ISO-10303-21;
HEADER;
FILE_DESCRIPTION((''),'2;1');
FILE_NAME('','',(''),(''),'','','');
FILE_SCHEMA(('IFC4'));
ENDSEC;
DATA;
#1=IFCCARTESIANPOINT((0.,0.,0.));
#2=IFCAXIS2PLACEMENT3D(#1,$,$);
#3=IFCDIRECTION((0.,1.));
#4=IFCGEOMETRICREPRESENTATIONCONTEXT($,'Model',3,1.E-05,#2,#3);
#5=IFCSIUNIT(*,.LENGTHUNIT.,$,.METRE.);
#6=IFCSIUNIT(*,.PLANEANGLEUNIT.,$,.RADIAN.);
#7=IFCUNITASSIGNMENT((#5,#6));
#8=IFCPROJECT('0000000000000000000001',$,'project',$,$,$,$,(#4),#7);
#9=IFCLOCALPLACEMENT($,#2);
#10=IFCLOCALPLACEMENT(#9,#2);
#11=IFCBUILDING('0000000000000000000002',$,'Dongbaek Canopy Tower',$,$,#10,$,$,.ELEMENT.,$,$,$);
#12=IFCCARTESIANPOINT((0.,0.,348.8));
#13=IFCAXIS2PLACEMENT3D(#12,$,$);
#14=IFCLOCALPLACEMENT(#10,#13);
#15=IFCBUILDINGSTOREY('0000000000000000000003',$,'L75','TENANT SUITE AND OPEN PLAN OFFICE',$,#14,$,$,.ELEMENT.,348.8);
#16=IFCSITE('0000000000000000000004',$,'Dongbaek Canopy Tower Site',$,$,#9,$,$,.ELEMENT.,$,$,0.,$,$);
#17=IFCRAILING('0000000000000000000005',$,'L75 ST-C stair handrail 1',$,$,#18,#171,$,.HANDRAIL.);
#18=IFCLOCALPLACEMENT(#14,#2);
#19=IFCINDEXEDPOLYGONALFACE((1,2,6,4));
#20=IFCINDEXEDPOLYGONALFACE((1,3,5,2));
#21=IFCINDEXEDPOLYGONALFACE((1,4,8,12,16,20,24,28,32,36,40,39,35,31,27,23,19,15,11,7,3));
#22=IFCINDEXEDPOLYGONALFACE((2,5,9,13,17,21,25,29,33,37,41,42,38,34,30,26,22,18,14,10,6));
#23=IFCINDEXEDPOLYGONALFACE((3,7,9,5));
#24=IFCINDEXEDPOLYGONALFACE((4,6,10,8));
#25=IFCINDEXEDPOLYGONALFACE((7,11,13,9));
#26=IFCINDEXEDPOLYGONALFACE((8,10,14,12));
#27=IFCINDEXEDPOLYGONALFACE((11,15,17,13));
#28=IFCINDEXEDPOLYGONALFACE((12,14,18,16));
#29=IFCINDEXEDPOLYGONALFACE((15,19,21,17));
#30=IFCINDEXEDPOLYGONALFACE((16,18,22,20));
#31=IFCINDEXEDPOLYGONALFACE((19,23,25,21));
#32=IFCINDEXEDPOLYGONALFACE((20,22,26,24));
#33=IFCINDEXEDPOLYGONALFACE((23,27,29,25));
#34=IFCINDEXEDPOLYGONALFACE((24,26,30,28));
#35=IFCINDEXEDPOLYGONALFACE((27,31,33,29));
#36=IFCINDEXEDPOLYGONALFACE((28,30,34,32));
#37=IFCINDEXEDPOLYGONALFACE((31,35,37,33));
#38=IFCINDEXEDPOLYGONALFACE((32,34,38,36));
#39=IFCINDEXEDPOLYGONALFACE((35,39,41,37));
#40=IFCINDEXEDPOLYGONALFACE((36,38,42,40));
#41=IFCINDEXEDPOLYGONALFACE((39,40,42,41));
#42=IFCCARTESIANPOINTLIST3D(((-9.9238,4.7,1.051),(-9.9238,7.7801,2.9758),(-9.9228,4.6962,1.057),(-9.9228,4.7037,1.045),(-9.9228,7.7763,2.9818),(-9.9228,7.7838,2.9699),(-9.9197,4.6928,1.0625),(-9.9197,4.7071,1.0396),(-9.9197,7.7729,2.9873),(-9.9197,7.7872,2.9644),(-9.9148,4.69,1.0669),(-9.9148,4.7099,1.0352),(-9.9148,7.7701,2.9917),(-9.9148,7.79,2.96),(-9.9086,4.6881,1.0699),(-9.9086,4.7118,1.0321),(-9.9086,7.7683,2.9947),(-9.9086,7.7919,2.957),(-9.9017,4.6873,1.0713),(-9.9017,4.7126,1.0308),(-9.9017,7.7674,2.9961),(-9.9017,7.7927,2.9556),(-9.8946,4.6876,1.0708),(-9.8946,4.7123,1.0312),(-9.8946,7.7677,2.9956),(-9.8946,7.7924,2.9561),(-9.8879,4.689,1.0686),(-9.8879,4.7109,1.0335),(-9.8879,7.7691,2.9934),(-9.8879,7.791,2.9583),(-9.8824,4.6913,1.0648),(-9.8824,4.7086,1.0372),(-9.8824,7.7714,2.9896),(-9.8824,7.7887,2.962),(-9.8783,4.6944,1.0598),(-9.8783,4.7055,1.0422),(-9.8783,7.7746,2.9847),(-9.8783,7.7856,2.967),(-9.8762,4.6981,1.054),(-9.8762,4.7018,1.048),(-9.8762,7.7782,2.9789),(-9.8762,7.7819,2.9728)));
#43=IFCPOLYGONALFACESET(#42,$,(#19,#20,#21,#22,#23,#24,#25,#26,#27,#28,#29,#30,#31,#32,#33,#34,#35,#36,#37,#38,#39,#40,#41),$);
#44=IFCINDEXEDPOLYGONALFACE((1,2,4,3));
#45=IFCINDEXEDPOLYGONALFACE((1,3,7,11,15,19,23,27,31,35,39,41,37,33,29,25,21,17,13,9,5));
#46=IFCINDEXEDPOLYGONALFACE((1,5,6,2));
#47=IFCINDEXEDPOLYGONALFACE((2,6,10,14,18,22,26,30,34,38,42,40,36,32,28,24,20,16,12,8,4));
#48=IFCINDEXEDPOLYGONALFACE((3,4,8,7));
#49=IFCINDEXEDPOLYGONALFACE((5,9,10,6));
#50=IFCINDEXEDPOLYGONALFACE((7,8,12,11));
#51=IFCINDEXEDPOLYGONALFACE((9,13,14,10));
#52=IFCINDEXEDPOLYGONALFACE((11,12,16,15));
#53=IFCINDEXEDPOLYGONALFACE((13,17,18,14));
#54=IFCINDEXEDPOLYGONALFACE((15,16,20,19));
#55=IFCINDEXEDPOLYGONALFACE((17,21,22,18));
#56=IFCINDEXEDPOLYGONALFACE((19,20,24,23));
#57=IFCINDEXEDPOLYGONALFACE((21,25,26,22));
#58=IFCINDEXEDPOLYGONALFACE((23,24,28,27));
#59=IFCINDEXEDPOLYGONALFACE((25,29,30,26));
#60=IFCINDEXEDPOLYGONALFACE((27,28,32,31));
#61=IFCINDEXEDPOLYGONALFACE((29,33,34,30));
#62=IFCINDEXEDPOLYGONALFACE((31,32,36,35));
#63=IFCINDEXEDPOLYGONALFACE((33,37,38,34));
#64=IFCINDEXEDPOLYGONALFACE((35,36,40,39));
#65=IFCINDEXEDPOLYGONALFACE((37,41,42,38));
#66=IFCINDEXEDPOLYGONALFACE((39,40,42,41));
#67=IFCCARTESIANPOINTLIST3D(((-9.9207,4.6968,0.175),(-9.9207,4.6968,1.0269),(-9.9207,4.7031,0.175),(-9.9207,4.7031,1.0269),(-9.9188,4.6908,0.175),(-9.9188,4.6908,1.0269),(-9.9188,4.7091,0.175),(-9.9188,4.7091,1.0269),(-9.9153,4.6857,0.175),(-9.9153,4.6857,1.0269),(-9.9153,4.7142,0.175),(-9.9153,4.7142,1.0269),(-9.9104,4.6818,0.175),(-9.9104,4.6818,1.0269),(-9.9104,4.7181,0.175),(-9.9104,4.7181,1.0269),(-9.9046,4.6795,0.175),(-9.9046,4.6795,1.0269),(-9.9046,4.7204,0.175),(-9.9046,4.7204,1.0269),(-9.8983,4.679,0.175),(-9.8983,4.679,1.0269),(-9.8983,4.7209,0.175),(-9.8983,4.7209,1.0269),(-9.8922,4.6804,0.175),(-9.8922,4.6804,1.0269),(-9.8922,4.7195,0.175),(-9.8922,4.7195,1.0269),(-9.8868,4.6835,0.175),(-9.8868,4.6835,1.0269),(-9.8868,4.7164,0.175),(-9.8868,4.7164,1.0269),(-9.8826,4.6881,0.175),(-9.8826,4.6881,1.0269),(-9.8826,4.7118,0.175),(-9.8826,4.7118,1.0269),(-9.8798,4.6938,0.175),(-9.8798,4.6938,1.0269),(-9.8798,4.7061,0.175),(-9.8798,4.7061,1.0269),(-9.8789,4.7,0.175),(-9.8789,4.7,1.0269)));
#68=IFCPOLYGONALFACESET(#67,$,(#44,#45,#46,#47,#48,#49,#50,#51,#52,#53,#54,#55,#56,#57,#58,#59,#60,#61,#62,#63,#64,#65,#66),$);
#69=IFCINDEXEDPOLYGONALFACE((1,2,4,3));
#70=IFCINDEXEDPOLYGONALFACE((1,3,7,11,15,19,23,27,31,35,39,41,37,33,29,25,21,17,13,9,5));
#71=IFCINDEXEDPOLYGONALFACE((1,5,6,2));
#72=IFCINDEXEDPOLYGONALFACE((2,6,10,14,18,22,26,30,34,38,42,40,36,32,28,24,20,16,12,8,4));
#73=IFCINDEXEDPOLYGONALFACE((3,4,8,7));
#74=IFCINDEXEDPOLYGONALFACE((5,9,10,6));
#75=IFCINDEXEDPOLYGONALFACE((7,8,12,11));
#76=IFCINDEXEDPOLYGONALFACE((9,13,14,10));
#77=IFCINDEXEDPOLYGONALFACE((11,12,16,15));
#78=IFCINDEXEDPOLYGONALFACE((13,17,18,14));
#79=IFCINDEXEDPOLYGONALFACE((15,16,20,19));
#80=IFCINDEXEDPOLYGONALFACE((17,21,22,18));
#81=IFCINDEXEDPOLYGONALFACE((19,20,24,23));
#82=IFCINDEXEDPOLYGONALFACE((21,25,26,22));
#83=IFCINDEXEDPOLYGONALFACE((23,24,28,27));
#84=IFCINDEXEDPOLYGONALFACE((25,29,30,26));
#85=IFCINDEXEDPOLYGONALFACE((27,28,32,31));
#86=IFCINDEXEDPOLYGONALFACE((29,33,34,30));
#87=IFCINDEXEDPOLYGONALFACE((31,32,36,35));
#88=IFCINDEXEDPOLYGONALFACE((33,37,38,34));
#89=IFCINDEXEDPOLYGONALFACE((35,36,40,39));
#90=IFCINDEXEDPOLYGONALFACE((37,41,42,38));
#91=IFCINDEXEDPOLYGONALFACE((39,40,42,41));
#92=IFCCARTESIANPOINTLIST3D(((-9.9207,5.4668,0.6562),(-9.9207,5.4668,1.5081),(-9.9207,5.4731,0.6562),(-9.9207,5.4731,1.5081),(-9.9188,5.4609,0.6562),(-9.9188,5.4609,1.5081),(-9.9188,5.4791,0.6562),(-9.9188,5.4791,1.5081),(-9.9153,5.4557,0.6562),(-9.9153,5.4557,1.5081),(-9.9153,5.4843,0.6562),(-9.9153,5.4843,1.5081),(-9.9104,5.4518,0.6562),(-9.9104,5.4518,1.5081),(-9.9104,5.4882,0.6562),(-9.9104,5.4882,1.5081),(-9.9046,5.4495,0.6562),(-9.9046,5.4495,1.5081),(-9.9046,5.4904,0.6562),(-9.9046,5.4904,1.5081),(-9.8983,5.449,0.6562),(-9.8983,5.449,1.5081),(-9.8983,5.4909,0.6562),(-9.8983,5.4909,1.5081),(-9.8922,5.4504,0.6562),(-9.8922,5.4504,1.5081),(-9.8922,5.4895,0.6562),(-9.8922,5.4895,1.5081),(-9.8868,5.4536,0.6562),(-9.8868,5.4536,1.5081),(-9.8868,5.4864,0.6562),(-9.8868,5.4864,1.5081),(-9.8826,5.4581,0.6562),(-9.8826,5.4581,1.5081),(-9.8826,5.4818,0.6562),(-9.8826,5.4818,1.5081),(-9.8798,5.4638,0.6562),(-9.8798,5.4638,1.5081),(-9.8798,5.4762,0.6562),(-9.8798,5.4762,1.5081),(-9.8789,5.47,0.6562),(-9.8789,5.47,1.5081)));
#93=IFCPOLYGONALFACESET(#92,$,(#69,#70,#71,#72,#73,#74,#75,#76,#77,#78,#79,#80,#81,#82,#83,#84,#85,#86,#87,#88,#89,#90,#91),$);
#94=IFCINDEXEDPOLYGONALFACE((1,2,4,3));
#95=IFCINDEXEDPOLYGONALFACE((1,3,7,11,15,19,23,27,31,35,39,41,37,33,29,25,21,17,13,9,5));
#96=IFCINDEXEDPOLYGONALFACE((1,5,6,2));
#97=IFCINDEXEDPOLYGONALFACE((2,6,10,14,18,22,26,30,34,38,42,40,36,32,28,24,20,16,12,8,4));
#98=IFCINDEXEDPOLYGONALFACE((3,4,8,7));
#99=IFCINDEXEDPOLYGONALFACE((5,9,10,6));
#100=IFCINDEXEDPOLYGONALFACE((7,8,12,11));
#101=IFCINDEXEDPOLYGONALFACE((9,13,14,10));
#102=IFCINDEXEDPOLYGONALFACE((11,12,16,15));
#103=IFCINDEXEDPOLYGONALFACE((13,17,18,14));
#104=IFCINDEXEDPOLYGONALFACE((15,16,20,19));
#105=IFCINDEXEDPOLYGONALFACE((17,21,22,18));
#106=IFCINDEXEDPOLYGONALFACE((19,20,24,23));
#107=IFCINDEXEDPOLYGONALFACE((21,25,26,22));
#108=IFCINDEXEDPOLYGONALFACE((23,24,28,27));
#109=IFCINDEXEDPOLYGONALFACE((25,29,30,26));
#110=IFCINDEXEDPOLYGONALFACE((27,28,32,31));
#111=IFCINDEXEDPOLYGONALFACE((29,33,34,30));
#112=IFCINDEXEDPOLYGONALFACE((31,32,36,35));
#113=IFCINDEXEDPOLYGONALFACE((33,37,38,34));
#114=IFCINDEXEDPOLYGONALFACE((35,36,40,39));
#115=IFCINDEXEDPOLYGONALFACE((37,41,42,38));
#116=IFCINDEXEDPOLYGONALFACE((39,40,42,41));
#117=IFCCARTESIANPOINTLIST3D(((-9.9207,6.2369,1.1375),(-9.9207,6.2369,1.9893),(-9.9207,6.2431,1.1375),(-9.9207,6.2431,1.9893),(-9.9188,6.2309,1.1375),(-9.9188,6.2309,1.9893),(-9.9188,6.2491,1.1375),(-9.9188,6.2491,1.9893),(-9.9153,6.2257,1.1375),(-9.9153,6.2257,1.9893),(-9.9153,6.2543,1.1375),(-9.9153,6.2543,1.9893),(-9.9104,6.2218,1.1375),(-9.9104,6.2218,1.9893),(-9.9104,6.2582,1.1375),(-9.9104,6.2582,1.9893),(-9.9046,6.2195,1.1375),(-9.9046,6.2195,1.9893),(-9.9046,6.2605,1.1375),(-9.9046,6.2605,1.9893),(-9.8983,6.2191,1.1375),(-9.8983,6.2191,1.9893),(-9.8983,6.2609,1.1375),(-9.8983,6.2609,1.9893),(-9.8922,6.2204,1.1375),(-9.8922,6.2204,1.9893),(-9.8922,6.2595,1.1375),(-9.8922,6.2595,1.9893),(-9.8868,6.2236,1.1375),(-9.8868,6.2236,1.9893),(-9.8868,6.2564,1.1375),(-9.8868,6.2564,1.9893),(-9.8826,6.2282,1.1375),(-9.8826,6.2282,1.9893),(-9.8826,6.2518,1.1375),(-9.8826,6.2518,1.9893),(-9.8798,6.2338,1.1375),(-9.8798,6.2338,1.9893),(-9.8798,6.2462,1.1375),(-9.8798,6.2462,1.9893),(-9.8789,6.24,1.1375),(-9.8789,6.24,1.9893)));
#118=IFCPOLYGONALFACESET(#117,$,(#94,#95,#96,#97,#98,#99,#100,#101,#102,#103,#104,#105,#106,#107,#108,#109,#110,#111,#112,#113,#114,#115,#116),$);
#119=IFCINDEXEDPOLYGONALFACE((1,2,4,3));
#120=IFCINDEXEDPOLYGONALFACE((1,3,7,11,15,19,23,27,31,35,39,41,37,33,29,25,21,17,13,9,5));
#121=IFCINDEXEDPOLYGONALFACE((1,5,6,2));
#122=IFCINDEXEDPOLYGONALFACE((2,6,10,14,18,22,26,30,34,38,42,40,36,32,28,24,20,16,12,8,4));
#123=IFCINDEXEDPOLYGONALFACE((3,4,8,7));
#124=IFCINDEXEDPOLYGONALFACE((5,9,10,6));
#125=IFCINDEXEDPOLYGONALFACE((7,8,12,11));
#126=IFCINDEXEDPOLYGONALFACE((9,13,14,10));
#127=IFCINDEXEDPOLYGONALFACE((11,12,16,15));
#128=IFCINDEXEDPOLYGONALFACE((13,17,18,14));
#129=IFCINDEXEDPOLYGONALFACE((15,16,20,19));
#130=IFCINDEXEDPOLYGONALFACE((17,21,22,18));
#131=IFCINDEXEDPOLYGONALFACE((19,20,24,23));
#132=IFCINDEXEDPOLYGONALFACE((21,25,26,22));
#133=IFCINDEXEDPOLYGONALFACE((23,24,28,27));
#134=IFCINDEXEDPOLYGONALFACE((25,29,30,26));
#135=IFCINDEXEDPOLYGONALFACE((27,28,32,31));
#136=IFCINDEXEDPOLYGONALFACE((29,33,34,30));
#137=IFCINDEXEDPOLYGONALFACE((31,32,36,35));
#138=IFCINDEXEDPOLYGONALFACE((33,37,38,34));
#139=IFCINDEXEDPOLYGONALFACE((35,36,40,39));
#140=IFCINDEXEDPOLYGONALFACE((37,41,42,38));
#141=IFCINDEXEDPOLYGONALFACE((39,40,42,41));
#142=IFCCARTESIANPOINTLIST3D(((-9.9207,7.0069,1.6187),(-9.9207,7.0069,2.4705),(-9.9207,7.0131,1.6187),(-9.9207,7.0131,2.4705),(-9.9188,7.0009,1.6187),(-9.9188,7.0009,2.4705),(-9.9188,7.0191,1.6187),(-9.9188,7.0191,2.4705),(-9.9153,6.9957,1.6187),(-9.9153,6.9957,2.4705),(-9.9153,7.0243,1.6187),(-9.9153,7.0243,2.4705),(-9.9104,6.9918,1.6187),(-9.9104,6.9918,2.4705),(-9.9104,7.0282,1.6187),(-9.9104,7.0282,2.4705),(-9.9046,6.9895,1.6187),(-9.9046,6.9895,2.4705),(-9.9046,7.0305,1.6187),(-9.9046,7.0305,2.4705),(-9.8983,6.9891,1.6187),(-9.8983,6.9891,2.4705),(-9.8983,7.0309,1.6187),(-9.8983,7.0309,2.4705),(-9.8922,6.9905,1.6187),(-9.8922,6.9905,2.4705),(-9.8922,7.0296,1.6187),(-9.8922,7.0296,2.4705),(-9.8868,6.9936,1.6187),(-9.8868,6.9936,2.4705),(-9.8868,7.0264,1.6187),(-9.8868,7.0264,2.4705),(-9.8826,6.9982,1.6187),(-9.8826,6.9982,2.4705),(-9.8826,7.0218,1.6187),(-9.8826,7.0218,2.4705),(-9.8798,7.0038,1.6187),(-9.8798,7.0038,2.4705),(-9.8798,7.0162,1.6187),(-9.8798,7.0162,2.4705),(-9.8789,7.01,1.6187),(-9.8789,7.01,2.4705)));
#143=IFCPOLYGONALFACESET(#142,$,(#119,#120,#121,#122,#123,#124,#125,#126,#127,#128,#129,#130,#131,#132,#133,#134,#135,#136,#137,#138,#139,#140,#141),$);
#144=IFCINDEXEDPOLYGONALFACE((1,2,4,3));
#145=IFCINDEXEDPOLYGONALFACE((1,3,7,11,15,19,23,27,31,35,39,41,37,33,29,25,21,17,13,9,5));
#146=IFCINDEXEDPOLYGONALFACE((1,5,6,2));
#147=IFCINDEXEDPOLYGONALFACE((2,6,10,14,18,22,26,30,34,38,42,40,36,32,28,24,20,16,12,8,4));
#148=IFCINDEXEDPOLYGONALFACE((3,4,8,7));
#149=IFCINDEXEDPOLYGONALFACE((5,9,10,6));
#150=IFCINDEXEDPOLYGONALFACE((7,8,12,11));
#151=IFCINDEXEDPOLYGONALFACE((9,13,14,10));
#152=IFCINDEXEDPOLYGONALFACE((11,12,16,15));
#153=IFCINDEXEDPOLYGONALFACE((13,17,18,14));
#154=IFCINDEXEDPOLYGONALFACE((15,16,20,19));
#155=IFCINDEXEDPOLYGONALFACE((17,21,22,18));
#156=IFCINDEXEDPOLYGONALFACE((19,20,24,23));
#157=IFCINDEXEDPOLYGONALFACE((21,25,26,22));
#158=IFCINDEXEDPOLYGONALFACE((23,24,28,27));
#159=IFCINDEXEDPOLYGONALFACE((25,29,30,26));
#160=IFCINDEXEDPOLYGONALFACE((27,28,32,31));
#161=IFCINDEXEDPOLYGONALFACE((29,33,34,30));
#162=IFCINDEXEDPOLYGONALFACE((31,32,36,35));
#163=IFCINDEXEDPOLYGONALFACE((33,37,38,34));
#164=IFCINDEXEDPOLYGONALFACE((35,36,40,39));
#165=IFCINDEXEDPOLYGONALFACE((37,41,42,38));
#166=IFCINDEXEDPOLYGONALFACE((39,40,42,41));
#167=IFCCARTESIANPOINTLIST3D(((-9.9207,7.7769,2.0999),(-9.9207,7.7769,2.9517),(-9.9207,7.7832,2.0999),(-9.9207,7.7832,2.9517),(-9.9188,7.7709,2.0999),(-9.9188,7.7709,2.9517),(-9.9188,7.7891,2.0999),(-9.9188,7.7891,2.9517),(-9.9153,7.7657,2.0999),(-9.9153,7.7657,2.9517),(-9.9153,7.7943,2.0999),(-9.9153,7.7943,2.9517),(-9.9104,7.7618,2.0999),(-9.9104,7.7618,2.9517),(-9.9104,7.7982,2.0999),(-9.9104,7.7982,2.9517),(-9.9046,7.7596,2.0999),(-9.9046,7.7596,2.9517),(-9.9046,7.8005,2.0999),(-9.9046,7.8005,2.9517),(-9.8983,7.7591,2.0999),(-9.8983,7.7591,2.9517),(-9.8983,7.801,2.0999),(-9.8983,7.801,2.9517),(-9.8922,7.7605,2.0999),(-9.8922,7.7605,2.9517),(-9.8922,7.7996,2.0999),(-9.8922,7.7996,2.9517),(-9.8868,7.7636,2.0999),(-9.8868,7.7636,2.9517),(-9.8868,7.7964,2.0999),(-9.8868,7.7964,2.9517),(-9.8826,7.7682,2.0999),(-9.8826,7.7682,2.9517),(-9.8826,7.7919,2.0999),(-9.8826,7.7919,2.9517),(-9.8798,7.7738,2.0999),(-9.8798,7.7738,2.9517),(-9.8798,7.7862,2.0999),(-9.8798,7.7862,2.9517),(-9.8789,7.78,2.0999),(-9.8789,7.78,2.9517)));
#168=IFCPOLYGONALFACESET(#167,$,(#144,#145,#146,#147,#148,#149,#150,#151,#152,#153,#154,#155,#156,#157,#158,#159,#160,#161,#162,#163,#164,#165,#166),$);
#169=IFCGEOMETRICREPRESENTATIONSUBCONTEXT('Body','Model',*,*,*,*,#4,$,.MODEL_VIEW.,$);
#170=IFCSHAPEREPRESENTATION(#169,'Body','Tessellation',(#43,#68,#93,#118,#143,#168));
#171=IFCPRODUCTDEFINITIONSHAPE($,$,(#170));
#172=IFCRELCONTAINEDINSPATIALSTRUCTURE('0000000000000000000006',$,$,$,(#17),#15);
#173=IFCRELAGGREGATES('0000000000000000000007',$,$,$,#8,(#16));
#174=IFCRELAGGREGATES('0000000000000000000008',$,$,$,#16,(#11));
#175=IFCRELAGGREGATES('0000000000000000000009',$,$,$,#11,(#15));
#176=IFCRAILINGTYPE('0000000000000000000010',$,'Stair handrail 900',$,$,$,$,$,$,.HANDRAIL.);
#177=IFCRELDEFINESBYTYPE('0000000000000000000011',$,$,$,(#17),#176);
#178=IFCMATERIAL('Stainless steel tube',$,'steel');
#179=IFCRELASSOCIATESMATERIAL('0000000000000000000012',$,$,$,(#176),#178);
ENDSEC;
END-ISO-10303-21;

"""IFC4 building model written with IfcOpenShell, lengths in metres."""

from ifc_helpers import new_model, si_unit, direction, frame, origin, origin_2d, place, context, subcontext, project, spatial, circle, extrude, material, type_object, element, save


model = new_model("IFC4")

# Units and contexts
model_context = context("Model", 3, precision=1e-05, world=origin(), true_north=direction((0.0, 1.0)))
body_context = subcontext(model_context, "Body", "Model", "MODEL_VIEW")
ifc_project = project(units=[si_unit("LENGTHUNIT", "METRE"), si_unit("PLANEANGLEUNIT", "RADIAN")], contexts=[model_context])

# Site, building, storey
site_placement = place(None, origin())
site = spatial("IfcSite", under=ifc_project, at=site_placement, Name="Dongbaek Canopy Tower Site", CompositionType="ELEMENT", RefElevation=0.0)
building_placement = place(site_placement, origin())
building = spatial("IfcBuilding", under=site, at=building_placement, Name="Dongbaek Canopy Tower", CompositionType="ELEMENT")
storey_placement = place(building_placement, frame((0.0, 0.0, 348.8)))
storey = spatial("IfcBuildingStorey", under=building, at=storey_placement, Name="L75", Description="TENANT SUITE AND OPEN PLAN OFFICE", CompositionType="ELEMENT", Elevation=348.8)

# Railing
ifc_material_1 = material(Name="Stainless steel tube", Category="steel")
railing_type_1 = type_object("IfcRailingType", Name="Stair handrail 900", PredefinedType="HANDRAIL", material=ifc_material_1)
railing_1_placement = place(storey_placement, frame((-9.8999, 4.7, 0.175)))
element("IfcRailing", 1, at=railing_1_placement, inside=storey, type_object=railing_type_1, Name="L75 ST-C stair handrail 1", PredefinedType="HANDRAIL", context=body_context, shape_type="SweptSolid", body=[
    extrude(circle(Radius=0.0239, at=origin_2d()), frame((0.0, 0.0, 0.876), z_axis=(0.0, 0.848029, 0.529951), x_axis=(-1.0, 0.0, 0.0)), (0.0, 0.0, 1.0), 3.6321),
    extrude(circle(Radius=0.021, at=origin_2d()), origin(), (0.0, 0.0, 1.0), 0.8518),
    extrude(circle(Radius=0.021, at=origin_2d()), frame((0.0, 0.77, 0.4812)), (0.0, 0.0, 1.0), 0.8518),
    extrude(circle(Radius=0.021, at=origin_2d()), frame((0.0, 1.54, 0.9624)), (0.0, 0.0, 1.0), 0.8518),
    extrude(circle(Radius=0.021, at=origin_2d()), frame((0.0, 2.3101, 1.4436)), (0.0, 0.0, 1.0), 0.8518),
    extrude(circle(Radius=0.021, at=origin_2d()), frame((0.0, 3.0801, 1.9248)), (0.0, 0.0, 1.0), 0.8518),
])

save(model, "model.ifc")
